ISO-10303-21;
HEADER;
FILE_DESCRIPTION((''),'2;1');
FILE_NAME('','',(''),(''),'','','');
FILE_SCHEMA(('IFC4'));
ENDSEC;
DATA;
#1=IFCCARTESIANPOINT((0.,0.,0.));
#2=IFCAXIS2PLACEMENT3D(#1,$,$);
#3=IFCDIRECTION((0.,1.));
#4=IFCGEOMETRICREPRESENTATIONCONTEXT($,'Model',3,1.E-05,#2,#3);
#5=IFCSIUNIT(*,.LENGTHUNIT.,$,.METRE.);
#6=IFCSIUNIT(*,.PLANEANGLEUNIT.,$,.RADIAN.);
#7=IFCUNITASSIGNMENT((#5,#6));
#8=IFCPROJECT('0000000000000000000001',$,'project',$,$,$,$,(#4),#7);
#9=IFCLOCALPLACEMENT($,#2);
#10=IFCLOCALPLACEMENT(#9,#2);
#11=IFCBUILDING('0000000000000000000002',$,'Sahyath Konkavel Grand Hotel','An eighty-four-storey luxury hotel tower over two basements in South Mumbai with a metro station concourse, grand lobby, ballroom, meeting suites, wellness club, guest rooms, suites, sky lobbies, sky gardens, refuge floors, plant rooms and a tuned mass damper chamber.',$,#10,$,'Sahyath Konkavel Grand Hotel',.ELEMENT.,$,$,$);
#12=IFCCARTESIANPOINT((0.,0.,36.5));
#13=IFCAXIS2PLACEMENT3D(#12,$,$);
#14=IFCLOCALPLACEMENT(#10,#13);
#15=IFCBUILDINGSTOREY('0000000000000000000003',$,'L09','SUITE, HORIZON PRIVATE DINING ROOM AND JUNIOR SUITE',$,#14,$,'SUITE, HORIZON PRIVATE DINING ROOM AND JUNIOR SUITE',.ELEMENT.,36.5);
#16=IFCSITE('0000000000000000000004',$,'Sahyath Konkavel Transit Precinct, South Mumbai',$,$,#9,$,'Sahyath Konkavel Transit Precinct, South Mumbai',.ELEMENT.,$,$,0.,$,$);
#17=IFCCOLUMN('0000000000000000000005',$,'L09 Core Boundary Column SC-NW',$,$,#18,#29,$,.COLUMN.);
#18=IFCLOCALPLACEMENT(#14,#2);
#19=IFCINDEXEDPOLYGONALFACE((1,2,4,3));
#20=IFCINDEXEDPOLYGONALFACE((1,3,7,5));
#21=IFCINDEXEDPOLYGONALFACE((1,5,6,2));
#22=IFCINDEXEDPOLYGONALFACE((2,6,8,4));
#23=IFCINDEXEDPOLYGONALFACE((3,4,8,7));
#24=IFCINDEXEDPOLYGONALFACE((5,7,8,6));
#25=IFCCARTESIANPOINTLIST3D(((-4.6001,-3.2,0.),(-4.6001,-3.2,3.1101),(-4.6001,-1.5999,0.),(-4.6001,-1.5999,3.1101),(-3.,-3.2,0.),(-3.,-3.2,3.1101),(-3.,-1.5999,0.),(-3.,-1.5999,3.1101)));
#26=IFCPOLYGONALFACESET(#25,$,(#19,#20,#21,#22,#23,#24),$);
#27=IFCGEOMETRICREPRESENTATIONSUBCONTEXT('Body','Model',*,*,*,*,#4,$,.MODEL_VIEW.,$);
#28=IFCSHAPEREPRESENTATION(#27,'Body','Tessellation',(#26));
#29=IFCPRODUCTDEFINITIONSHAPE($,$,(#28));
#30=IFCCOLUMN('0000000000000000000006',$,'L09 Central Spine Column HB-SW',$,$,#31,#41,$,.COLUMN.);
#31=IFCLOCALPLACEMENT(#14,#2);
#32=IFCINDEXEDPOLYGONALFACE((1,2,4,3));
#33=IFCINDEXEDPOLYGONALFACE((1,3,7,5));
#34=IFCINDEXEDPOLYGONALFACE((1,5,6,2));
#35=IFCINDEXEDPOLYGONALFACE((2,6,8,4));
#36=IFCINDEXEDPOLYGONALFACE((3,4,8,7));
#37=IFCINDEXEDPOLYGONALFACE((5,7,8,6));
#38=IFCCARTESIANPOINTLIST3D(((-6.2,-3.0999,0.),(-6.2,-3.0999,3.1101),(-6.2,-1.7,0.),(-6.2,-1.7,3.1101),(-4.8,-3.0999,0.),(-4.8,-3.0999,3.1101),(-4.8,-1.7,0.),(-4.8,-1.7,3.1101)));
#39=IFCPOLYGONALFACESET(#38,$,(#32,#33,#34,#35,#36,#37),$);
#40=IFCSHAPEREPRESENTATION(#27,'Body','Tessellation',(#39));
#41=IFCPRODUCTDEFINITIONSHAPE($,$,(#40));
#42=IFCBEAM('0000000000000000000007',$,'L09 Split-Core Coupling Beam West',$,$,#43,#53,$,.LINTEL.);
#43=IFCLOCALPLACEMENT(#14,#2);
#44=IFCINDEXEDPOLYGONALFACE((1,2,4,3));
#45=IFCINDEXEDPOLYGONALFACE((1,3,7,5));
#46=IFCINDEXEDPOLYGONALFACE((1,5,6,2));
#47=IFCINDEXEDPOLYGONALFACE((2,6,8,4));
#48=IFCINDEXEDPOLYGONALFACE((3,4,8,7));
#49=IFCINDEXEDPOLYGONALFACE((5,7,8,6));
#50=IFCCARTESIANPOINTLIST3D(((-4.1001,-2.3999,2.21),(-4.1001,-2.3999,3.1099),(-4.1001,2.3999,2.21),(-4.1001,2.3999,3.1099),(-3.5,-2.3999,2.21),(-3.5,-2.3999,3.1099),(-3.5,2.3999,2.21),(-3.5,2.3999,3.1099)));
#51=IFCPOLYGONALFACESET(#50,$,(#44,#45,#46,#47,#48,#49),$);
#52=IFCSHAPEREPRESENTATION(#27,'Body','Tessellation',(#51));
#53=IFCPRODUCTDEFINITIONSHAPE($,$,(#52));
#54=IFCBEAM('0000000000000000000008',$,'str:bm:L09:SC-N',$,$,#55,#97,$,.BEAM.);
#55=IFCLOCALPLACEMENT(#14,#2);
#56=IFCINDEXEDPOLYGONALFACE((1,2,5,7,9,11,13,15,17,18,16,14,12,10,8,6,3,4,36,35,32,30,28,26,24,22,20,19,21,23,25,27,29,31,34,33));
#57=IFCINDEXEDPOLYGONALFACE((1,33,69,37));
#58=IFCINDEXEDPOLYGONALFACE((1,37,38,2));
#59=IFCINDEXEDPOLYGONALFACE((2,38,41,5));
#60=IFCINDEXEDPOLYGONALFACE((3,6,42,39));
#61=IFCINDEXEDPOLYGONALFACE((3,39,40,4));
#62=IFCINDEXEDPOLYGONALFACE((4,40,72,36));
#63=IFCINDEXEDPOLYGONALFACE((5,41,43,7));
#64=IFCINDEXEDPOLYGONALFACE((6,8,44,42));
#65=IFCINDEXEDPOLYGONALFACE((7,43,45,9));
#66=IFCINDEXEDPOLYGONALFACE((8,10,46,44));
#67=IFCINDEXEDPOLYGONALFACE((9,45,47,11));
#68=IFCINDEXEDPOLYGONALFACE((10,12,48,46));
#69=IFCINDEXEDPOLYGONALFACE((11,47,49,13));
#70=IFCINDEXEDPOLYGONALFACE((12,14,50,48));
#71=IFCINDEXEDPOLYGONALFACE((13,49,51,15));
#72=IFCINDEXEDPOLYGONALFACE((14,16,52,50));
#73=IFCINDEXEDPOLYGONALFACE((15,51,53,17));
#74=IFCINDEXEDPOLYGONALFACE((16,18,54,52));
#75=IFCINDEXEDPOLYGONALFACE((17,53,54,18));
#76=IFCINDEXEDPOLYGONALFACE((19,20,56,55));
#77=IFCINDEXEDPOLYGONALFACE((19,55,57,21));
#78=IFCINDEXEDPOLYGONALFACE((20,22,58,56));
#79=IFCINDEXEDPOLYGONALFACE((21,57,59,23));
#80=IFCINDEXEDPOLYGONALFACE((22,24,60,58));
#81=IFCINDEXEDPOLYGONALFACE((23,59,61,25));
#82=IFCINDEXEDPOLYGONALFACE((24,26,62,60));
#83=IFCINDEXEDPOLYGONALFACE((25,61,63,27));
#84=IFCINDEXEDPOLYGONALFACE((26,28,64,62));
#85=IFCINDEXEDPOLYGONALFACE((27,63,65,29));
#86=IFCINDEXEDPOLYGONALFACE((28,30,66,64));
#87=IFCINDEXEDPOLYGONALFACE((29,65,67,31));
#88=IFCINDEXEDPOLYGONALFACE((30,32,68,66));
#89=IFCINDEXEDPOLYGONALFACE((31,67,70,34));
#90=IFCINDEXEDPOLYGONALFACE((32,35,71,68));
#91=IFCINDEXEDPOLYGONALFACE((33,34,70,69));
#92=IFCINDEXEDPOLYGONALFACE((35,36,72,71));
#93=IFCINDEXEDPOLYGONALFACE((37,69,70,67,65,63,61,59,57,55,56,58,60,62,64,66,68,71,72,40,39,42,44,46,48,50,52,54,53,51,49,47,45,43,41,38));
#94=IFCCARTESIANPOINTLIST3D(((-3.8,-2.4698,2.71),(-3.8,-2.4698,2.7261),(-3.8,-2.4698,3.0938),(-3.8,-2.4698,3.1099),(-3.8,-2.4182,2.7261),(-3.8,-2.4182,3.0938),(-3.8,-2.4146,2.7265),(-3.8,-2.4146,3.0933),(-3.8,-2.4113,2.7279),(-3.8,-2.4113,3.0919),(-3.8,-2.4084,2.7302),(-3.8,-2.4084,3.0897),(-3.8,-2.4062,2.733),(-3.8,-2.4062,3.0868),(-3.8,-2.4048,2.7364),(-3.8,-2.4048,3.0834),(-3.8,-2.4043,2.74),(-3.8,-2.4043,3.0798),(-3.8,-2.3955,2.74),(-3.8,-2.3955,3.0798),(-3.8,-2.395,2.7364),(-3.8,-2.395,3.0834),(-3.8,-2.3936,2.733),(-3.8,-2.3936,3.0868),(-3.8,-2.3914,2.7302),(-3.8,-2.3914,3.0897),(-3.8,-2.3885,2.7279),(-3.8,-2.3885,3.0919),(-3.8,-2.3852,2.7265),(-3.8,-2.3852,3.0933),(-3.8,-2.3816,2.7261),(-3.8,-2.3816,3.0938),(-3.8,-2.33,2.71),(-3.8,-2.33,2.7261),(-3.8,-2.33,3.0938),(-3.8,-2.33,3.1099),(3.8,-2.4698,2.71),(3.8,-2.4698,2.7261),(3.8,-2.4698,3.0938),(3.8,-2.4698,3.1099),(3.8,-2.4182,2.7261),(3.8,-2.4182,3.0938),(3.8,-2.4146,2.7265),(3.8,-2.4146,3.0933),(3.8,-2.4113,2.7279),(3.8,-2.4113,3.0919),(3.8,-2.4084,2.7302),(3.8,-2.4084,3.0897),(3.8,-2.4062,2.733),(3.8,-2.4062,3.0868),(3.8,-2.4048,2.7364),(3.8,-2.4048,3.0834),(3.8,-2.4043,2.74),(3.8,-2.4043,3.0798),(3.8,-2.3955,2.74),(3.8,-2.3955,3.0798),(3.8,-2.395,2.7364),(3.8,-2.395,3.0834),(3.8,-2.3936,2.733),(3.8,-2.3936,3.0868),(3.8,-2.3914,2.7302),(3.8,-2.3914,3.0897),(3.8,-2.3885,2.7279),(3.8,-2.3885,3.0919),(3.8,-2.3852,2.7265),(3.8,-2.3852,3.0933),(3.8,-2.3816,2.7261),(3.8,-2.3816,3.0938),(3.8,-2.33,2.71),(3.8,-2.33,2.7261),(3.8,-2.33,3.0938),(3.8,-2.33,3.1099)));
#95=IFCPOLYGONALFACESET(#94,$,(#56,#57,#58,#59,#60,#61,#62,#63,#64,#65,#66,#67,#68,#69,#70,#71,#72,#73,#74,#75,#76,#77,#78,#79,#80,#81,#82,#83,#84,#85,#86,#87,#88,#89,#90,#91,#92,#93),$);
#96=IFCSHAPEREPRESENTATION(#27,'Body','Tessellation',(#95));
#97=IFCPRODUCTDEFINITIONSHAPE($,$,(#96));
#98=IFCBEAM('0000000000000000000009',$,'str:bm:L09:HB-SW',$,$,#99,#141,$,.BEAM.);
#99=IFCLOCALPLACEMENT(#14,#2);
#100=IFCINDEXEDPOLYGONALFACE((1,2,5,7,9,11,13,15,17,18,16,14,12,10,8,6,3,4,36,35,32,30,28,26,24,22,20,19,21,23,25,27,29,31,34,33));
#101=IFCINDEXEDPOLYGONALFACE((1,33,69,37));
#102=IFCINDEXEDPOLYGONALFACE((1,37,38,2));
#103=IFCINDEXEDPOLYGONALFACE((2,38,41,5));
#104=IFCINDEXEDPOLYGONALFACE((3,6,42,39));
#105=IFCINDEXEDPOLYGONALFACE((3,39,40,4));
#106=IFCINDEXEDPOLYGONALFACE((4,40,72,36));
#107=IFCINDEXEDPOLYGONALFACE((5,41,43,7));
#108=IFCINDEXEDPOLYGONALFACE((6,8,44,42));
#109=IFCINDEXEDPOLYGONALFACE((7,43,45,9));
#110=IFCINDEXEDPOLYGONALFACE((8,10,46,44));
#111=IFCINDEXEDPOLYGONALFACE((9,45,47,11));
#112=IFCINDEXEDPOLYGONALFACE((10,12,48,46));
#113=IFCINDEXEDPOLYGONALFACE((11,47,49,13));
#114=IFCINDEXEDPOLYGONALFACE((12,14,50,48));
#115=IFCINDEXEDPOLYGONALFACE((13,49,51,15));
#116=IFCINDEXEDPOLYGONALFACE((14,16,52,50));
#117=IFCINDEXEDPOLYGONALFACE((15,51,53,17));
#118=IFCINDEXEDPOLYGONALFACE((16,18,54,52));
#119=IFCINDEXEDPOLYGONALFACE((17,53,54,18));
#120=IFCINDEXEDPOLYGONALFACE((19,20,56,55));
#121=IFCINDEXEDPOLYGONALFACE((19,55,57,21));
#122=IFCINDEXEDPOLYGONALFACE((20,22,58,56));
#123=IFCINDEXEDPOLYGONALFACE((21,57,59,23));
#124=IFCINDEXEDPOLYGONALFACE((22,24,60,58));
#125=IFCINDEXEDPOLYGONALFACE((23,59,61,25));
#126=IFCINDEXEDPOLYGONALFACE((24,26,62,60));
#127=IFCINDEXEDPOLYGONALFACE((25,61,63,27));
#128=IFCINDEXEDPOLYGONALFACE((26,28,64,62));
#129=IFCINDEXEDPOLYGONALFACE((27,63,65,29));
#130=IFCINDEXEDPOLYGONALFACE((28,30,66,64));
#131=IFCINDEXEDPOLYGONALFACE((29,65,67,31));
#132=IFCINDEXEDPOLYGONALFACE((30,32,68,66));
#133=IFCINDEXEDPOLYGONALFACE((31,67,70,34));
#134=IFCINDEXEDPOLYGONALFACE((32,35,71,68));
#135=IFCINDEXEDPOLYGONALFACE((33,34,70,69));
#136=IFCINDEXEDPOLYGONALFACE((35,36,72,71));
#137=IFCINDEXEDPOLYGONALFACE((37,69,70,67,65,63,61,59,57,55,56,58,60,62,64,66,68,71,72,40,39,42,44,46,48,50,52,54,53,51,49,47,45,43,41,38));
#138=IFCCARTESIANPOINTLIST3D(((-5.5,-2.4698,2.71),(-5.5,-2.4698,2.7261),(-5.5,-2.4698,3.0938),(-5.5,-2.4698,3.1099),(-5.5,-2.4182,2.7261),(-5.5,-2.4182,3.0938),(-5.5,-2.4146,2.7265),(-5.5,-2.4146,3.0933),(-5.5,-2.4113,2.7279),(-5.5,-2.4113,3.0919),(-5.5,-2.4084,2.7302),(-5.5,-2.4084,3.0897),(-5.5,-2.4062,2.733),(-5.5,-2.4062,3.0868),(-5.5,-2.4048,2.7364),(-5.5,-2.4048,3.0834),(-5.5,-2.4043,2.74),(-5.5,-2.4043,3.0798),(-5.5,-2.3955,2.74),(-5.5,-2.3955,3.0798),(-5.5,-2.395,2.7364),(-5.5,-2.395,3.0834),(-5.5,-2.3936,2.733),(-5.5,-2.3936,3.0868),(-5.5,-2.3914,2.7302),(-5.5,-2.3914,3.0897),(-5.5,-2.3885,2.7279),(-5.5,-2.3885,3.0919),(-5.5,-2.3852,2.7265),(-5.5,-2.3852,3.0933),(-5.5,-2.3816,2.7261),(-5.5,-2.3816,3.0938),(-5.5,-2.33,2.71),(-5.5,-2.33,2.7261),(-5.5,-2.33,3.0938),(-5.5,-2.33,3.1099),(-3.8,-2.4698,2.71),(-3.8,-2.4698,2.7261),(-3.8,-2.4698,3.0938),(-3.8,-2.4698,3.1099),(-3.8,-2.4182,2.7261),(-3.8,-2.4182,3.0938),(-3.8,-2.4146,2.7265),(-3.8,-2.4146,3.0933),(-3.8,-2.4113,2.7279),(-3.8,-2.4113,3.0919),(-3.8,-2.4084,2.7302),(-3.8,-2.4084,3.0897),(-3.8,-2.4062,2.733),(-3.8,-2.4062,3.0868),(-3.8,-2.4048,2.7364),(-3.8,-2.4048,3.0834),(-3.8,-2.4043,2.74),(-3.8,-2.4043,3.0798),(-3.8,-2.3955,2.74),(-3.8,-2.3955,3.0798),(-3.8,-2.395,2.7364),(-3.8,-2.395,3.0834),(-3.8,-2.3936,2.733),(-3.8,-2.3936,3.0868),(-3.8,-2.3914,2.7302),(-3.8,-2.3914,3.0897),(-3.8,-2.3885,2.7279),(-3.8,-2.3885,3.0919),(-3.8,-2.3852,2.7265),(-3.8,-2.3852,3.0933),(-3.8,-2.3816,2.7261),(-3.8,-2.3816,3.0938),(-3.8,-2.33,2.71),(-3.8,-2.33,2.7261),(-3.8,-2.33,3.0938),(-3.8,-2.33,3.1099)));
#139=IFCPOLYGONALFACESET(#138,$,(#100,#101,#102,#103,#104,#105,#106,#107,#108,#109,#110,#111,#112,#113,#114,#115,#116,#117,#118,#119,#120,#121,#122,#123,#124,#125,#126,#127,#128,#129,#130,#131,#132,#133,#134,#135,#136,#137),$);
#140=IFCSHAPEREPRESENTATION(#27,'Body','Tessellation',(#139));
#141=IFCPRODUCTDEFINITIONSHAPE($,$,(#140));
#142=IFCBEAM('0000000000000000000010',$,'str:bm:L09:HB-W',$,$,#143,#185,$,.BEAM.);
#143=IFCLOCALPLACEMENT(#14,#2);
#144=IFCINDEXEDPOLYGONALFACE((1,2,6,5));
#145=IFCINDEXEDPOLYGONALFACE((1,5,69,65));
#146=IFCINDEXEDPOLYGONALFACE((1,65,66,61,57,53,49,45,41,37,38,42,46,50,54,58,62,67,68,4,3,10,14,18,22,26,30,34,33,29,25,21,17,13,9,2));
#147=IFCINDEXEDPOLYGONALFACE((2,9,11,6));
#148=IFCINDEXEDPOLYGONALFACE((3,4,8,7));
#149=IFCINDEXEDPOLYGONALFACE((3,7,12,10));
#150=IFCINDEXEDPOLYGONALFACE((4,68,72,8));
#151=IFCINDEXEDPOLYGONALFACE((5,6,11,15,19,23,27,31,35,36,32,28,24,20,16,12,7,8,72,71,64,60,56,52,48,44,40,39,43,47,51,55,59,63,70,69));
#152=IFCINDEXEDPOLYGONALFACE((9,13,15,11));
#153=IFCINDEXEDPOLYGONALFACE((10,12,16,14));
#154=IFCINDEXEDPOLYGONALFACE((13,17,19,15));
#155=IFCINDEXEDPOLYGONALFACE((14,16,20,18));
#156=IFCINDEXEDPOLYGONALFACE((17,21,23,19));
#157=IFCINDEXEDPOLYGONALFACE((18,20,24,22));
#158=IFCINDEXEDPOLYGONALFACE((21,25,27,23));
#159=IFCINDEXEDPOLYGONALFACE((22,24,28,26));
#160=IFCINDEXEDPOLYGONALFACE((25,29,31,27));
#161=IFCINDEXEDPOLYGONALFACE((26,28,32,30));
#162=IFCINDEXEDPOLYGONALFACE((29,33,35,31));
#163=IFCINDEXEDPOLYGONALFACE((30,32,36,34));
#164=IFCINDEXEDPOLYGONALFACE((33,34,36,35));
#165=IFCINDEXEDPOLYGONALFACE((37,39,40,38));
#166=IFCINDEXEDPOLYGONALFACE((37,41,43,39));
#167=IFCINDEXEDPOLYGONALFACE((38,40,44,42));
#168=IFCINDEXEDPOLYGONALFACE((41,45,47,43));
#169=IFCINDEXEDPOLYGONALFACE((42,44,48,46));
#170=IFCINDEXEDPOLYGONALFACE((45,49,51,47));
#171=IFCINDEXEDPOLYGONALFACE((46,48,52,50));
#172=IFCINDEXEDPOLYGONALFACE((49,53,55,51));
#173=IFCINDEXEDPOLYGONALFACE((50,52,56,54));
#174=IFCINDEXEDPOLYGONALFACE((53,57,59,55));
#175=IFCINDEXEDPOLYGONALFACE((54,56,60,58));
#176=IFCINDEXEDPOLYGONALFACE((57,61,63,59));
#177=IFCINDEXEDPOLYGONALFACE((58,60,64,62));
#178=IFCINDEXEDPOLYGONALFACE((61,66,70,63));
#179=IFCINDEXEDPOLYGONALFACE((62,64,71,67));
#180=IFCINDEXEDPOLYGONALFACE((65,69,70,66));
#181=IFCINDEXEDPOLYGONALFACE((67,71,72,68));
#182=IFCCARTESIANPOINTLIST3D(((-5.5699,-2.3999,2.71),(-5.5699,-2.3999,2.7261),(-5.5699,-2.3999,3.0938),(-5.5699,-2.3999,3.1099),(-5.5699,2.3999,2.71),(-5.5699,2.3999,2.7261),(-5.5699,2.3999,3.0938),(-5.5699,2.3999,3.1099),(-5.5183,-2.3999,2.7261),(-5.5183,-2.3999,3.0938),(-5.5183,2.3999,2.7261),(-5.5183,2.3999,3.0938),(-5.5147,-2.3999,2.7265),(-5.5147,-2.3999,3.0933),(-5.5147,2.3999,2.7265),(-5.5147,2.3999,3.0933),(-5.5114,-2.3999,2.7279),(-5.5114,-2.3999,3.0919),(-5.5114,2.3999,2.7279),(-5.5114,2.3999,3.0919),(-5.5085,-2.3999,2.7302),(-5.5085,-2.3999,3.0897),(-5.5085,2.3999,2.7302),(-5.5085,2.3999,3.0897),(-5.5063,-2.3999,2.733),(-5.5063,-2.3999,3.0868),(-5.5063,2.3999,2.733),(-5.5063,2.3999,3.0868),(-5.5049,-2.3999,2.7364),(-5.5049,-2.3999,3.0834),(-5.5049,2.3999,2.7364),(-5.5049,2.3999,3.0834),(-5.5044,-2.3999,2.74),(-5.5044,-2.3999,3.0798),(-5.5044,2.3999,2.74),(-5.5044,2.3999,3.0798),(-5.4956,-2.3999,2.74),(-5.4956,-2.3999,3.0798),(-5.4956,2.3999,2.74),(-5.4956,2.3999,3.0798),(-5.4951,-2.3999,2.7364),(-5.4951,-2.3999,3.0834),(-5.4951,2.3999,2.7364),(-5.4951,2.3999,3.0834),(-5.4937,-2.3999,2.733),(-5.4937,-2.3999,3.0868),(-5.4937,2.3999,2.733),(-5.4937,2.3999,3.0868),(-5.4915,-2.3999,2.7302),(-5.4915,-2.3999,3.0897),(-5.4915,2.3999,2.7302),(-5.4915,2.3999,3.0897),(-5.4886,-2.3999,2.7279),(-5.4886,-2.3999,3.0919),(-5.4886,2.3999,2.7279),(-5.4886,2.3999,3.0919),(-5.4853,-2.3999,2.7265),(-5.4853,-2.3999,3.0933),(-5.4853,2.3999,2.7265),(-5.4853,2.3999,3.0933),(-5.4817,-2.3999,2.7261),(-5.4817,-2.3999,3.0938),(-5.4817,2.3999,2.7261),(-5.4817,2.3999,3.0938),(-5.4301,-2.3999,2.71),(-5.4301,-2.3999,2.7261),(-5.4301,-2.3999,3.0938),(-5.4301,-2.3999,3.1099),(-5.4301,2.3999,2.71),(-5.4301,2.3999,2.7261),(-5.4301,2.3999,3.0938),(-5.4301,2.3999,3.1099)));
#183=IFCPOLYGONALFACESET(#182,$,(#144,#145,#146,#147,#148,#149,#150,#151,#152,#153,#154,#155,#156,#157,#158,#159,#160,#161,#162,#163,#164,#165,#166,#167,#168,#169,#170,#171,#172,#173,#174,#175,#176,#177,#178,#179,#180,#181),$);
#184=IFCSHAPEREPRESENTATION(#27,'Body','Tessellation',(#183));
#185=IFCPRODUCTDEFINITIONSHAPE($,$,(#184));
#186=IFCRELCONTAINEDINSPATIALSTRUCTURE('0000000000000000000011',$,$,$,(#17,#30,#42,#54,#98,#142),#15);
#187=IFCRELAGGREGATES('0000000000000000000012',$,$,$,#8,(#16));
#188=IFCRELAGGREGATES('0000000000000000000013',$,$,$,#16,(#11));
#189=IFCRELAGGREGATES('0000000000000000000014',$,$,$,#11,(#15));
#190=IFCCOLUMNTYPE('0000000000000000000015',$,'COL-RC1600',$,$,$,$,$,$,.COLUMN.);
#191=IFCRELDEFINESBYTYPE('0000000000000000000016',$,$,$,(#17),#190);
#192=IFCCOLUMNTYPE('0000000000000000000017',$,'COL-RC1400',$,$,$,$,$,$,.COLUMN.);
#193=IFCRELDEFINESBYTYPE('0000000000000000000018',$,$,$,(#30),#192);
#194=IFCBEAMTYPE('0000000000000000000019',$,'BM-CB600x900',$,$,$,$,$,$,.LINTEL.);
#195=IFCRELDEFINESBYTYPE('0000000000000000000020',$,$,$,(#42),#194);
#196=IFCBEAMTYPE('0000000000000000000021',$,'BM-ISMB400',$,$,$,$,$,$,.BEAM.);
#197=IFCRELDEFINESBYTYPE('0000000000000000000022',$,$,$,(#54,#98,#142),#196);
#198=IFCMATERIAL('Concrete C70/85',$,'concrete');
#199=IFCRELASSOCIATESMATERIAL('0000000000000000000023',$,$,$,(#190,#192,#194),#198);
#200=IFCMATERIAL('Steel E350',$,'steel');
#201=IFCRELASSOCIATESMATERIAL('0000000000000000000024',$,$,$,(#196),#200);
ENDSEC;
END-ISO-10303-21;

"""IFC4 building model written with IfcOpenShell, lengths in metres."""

from ifc_helpers import new_model, si_unit, direction, frame, origin, origin_2d, place, context, subcontext, project, spatial, rectangle, i_section, extrude, source, transform, mapped, material, material_profile, profile_set, type_object, element, save


model = new_model("IFC4")

# Units and contexts
model_context = context("Model", 3, precision=1e-05, world=origin(), true_north=direction((0.0, 1.0)))
body_context = subcontext(model_context, "Body", "Model", "MODEL_VIEW")
ifc_project = project(units=[si_unit("LENGTHUNIT", "METRE"), si_unit("PLANEANGLEUNIT", "RADIAN")], contexts=[model_context])

# Site, building, storey
site_placement = place(None, origin())
site = spatial("IfcSite", under=ifc_project, at=site_placement, Name="Sahyath Konkavel Transit Precinct, South Mumbai", LongName="Sahyath Konkavel Transit Precinct, South Mumbai", CompositionType="ELEMENT", RefElevation=0.0)
building_placement = place(site_placement, origin())
building = spatial("IfcBuilding", under=site, at=building_placement, Name="Sahyath Konkavel Grand Hotel", Description="An eighty-four-storey luxury hotel tower over two basements in South Mumbai with a metro station concourse, grand lobby, ballroom, meeting suites, wellness club, guest rooms, suites, sky lobbies, sky gardens, refuge floors, plant rooms and a tuned mass damper chamber.", LongName="Sahyath Konkavel Grand Hotel", CompositionType="ELEMENT")
storey_placement = place(building_placement, frame((0.0, 0.0, 36.5)))
storey = spatial("IfcBuildingStorey", under=building, at=storey_placement, Name="L09", Description="SUITE, HORIZON PRIVATE DINING ROOM AND JUNIOR SUITE", LongName="SUITE, HORIZON PRIVATE DINING ROOM AND JUNIOR SUITE", CompositionType="ELEMENT", Elevation=36.5)

# Columns
ifc_material_1 = material(Name="Concrete C70/85", Category="concrete")
ifc_material_profile_1 = material_profile(ifc_material_1, rectangle(XDim=1.6001, YDim=1.6001, at=origin_2d()), Name="RC 1600x1600")
ifc_profile_set_1 = profile_set([ifc_material_profile_1], Name="Concrete C70/85")
column_type_1 = type_object("IfcColumnType", Name="COL-RC1600", PredefinedType="COLUMN", material=ifc_profile_set_1)
shared_shape_1 = source(origin(), body_context, "Body", "SweptSolid", [
    extrude(rectangle(XDim=1.6001, YDim=1.6001, at=origin_2d()), origin(), (0.0, 0.0, 1.0), 3.1101),
])
column_1_placement = place(storey_placement, frame((-3.8, -2.3999, 0.0), z_axis=(0.0, 0.0, 1.0), x_axis=(1.0, 0.0, 0.0)))
element("IfcColumn", 1, at=column_1_placement, inside=storey, type_object=column_type_1, Name="L09 Core Boundary Column SC-NW", PredefinedType="COLUMN", context=body_context, shape_type="MappedRepresentation", body=[
    mapped(shared_shape_1, transform((0.0, 0.0, 0.0), scale=1.0)),
])
ifc_material_profile_2 = material_profile(ifc_material_1, rectangle(XDim=1.3999, YDim=1.3999, at=origin_2d()), Name="RC 1400x1400")
ifc_profile_set_2 = profile_set([ifc_material_profile_2], Name="Concrete C70/85")
column_type_2 = type_object("IfcColumnType", Name="COL-RC1400", PredefinedType="COLUMN", material=ifc_profile_set_2)
shared_shape_2 = source(origin(), body_context, "Body", "SweptSolid", [
    extrude(rectangle(XDim=1.3999, YDim=1.3999, at=origin_2d()), origin(), (0.0, 0.0, 1.0), 3.1101),
])
column_2_placement = place(storey_placement, frame((-5.5, -2.3999, 0.0), z_axis=(0.0, 0.0, 1.0), x_axis=(1.0, 0.0, 0.0)))
element("IfcColumn", 2, at=column_2_placement, inside=storey, type_object=column_type_2, Name="L09 Central Spine Column HB-SW", PredefinedType="COLUMN", context=body_context, shape_type="MappedRepresentation", body=[
    mapped(shared_shape_2, transform((0.0, 0.0, 0.0), scale=1.0)),
])

# Beams
ifc_material_profile_3 = material_profile(ifc_material_1, rectangle(XDim=0.6001, YDim=0.8999, at=origin_2d()), Name="RC 600x900")
ifc_profile_set_3 = profile_set([ifc_material_profile_3], Name="Concrete C70/85")
beam_type_1 = type_object("IfcBeamType", Name="BM-CB600x900", PredefinedType="LINTEL", material=ifc_profile_set_3)
shared_shape_3 = source(origin(), body_context, "Body", "SweptSolid", [
    extrude(rectangle(XDim=0.6001, YDim=0.8999, at=origin_2d()), origin(), (0.0, 0.0, 1.0), 4.7998),
])
beam_1_placement = place(storey_placement, frame((-3.8, -2.3999, 2.6599), z_axis=(0.0, 1.0, 0.0), x_axis=(-1.0, 0.0, 0.0)))
element("IfcBeam", 3, at=beam_1_placement, inside=storey, type_object=beam_type_1, Name="L09 Split-Core Coupling Beam West", PredefinedType="LINTEL", context=body_context, shape_type="MappedRepresentation", body=[
    mapped(shared_shape_3, transform((0.0, 0.0, 0.0), scale=1.0)),
])
ifc_material_2 = material(Name="Steel E350", Category="steel")
ifc_material_profile_4 = material_profile(ifc_material_2, i_section(OverallWidth=0.1399, OverallDepth=0.3999, WebThickness=0.0088, FlangeThickness=0.0161, FilletRadius=0.0139, at=origin_2d()), Name="ISMB 400")
ifc_profile_set_4 = profile_set([ifc_material_profile_4], Name="Steel E350")
beam_type_2 = type_object("IfcBeamType", Name="BM-ISMB400", PredefinedType="BEAM", material=ifc_profile_set_4)
shared_shape_4 = source(origin(), body_context, "Body", "SweptSolid", [
    extrude(i_section(OverallWidth=0.1399, OverallDepth=0.3999, WebThickness=0.0088, FlangeThickness=0.0161, FilletRadius=0.0139, at=origin_2d()), origin(), (0.0, 0.0, 1.0), 7.6001),
])
beam_2_placement = place(storey_placement, frame((-3.8, -2.3999, 2.9099), z_axis=(1.0, 0.0, 0.0), x_axis=(0.0, 1.0, 0.0)))
element("IfcBeam", 4, at=beam_2_placement, inside=storey, type_object=beam_type_2, Name="str:bm:L09:SC-N", PredefinedType="BEAM", context=body_context, shape_type="MappedRepresentation", body=[
    mapped(shared_shape_4, transform((0.0, 0.0, 0.0), scale=1.0)),
])
shared_shape_5 = source(origin(), body_context, "Body", "SweptSolid", [
    extrude(i_section(OverallWidth=0.1399, OverallDepth=0.3999, WebThickness=0.0088, FlangeThickness=0.0161, FilletRadius=0.0139, at=origin_2d()), origin(), (0.0, 0.0, 1.0), 1.7),
])
beam_3_placement = place(storey_placement, frame((-5.5, -2.3999, 2.9099), z_axis=(1.0, 0.0, 0.0), x_axis=(0.0, 1.0, 0.0)))
element("IfcBeam", 5, at=beam_3_placement, inside=storey, type_object=beam_type_2, Name="str:bm:L09:HB-SW", PredefinedType="BEAM", context=body_context, shape_type="MappedRepresentation", body=[
    mapped(shared_shape_5, transform((0.0, 0.0, 0.0), scale=1.0)),
])
shared_shape_6 = source(origin(), body_context, "Body", "SweptSolid", [
    extrude(i_section(OverallWidth=0.1399, OverallDepth=0.3999, WebThickness=0.0088, FlangeThickness=0.0161, FilletRadius=0.0139, at=origin_2d()), origin(), (0.0, 0.0, 1.0), 4.7998),
])
beam_4_placement = place(storey_placement, frame((-5.5, -2.3999, 2.9099), z_axis=(0.0, 1.0, 0.0), x_axis=(-1.0, 0.0, 0.0)))
element("IfcBeam", 6, at=beam_4_placement, inside=storey, type_object=beam_type_2, Name="str:bm:L09:HB-W", PredefinedType="BEAM", context=body_context, shape_type="MappedRepresentation", body=[
    mapped(shared_shape_6, transform((0.0, 0.0, 0.0), scale=1.0)),
])

save(model, "model.ifc")
